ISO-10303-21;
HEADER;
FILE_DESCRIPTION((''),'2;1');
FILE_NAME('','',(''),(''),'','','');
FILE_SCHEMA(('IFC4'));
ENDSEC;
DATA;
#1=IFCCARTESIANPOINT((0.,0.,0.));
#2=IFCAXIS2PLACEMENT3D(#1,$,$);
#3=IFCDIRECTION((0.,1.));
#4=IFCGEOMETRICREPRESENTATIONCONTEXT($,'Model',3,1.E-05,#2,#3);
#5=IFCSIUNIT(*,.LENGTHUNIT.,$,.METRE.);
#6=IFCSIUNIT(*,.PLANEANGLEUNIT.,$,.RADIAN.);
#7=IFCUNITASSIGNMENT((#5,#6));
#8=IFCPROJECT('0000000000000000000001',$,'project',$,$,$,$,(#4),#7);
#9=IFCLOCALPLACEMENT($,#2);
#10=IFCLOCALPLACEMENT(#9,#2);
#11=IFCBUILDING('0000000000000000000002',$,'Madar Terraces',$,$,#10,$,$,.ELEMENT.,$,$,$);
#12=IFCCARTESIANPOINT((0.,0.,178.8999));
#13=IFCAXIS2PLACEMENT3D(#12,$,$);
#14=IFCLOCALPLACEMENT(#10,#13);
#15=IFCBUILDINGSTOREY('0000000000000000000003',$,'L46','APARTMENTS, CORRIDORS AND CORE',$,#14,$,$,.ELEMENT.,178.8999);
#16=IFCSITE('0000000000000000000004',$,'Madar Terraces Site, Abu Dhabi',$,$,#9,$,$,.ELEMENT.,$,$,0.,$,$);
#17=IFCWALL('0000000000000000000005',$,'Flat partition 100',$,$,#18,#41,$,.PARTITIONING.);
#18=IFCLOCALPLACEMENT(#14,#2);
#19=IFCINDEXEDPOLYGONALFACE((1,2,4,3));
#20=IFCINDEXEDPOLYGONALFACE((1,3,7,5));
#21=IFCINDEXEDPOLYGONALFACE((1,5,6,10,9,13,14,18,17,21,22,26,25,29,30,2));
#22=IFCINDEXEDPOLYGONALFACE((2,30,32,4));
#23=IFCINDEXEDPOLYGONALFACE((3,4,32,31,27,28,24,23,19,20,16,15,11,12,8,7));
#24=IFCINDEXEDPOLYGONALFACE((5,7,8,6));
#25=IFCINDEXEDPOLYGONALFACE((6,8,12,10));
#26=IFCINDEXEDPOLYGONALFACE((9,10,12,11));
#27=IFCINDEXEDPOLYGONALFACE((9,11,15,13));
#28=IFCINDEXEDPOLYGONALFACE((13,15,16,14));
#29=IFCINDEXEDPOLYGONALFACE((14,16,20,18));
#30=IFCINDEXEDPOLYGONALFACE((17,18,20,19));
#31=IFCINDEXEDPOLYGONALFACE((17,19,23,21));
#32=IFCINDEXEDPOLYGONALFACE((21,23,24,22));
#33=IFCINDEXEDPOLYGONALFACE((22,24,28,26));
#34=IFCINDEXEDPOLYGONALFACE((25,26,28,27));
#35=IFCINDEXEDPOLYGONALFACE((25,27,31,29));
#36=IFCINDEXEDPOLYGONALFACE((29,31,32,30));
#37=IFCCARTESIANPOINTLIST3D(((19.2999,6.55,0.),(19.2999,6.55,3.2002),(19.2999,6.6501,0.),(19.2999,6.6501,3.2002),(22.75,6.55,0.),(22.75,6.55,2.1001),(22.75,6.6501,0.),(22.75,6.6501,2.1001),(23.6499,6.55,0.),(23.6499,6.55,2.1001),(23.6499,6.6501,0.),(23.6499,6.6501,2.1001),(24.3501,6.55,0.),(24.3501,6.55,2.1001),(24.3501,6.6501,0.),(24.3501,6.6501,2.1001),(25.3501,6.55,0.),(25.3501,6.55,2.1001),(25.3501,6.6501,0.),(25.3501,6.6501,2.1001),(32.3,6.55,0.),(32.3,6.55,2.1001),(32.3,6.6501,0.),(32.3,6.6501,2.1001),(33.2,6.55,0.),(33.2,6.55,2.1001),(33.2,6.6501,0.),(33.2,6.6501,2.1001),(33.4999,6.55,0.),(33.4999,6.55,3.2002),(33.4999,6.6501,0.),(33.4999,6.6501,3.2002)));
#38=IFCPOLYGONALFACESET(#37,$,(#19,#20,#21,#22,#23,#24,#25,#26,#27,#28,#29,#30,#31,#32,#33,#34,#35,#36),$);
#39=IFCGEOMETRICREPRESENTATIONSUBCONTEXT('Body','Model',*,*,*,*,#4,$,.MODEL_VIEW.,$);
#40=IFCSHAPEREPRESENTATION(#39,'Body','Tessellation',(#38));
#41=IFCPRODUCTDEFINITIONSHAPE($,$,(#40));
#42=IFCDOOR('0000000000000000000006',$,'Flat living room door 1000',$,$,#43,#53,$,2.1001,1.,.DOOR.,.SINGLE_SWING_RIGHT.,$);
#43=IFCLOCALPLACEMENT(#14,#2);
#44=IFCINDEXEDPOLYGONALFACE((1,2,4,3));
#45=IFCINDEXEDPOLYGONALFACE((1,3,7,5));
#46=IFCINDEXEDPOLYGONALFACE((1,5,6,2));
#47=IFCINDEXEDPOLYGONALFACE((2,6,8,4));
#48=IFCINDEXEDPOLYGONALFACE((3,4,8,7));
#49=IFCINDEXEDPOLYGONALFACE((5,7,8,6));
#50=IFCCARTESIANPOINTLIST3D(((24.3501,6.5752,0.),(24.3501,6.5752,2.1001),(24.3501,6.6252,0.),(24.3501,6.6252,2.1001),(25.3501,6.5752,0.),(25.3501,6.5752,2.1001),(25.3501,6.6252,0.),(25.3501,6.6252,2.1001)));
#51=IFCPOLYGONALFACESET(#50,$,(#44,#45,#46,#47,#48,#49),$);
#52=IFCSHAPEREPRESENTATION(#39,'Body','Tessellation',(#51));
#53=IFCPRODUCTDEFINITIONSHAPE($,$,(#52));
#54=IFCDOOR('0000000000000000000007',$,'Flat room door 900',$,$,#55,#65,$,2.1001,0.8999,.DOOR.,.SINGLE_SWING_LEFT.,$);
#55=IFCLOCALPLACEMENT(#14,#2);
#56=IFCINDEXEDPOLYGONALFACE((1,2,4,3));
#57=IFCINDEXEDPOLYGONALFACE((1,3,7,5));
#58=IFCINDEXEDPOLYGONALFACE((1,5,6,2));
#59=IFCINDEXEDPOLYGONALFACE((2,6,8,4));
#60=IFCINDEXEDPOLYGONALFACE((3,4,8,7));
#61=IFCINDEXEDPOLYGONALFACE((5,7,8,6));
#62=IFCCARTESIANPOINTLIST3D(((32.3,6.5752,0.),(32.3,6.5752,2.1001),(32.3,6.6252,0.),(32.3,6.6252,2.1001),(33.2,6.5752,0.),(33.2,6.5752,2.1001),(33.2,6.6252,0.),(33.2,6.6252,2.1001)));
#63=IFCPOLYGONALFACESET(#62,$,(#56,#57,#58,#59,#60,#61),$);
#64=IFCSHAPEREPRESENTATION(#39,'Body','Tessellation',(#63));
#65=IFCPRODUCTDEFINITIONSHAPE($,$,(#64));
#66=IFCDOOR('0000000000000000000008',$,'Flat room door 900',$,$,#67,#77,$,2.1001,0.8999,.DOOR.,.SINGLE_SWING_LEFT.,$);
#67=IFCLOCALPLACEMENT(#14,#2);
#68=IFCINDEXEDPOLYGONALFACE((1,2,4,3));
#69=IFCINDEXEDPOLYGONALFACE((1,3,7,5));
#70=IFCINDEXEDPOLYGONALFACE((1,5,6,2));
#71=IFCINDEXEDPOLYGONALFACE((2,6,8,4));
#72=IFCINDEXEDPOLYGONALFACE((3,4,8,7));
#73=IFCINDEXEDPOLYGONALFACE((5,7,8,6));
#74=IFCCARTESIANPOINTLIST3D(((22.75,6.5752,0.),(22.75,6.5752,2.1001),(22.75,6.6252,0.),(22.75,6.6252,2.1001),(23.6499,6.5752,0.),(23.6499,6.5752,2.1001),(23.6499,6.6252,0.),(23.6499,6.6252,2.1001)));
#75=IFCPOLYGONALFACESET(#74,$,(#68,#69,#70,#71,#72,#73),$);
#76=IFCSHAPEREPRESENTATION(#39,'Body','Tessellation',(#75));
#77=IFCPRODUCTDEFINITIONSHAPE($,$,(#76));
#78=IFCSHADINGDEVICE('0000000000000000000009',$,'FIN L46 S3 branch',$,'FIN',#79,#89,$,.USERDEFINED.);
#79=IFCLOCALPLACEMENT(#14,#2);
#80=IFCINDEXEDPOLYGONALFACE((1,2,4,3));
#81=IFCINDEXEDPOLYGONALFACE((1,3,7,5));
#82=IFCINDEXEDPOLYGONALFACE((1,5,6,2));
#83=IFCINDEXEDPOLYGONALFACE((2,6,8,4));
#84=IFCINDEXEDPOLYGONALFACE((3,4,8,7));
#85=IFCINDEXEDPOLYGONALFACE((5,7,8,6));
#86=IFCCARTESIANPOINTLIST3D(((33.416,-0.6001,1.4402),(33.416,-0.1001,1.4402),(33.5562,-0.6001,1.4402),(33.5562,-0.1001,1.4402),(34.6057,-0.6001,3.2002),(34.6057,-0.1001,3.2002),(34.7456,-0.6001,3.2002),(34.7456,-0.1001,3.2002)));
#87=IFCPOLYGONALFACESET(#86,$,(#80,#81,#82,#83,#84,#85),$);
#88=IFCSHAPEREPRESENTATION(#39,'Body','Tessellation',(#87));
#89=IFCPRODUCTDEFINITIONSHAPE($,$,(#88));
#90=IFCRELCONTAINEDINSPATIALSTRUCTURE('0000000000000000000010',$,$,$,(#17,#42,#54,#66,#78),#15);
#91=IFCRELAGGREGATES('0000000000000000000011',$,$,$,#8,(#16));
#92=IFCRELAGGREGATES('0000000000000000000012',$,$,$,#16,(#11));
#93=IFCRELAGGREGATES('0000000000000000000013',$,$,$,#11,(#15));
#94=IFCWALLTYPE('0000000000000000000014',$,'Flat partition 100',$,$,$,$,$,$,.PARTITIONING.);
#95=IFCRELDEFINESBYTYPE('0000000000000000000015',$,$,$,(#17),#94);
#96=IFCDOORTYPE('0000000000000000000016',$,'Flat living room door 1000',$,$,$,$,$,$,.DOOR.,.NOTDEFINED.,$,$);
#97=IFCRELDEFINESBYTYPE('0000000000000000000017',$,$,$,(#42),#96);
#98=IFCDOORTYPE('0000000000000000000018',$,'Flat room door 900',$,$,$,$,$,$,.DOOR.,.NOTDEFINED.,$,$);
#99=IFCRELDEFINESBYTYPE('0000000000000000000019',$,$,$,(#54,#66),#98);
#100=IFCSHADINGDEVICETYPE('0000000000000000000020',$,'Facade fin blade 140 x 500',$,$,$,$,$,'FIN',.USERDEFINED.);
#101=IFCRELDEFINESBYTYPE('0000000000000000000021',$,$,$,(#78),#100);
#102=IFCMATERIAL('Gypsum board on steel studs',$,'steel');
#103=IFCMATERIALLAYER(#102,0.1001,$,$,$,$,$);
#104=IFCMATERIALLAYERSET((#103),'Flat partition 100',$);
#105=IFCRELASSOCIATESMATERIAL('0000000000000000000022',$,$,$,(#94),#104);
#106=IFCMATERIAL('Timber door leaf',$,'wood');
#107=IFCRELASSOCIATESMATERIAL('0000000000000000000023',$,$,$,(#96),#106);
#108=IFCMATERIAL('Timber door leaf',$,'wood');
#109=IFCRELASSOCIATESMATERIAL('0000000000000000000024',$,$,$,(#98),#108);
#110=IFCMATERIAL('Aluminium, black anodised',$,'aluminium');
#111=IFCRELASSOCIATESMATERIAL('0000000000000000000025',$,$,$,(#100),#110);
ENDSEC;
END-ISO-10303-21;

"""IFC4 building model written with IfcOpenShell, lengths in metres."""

from ifc_helpers import new_model, si_unit, direction, frame, frame_2d, origin, place, context, subcontext, project, spatial, polyline, rectangle, outline, extrude, material, layer, layer_set, type_object, element, fill, save


model = new_model("IFC4")

# Units and contexts
model_context = context("Model", 3, precision=1e-05, world=origin(), true_north=direction((0.0, 1.0)))
body_context = subcontext(model_context, "Body", "Model", "MODEL_VIEW")
ifc_project = project(units=[si_unit("LENGTHUNIT", "METRE"), si_unit("PLANEANGLEUNIT", "RADIAN")], contexts=[model_context])

# Site, building, storey
site_placement = place(None, origin())
site = spatial("IfcSite", under=ifc_project, at=site_placement, Name="Madar Terraces Site, Abu Dhabi", CompositionType="ELEMENT", RefElevation=0.0)
building_placement = place(site_placement, origin())
building = spatial("IfcBuilding", under=site, at=building_placement, Name="Madar Terraces", CompositionType="ELEMENT")
storey_placement = place(building_placement, frame((0.0, 0.0, 178.8999)))
storey = spatial("IfcBuildingStorey", under=building, at=storey_placement, Name="L46", Description="APARTMENTS, CORRIDORS AND CORE", CompositionType="ELEMENT", Elevation=178.8999)

# Shared definitions
ifc_material_1 = material(Name="Gypsum board on steel studs", Category="steel")
ifc_layer_1 = layer(ifc_material_1, 0.1001)
ifc_layer_set_1 = layer_set([ifc_layer_1], Name="Flat partition 100")
wall_type_1 = type_object("IfcWallType", Name="Flat partition 100", PredefinedType="PARTITIONING", material=ifc_layer_set_1)

# Wall, openings, doors
wall_1_placement = place(storey_placement, frame((33.5, 6.6001, 0.0), z_axis=(0.0, 0.0, 1.0), x_axis=(-1.0, 0.0, 0.0)))
wall_1 = element("IfcWall", 1, at=wall_1_placement, inside=storey, type_object=wall_type_1, Name="Flat partition 100", PredefinedType="PARTITIONING", context=body_context, shape_type="SweptSolid", body=[
    extrude(rectangle(XDim=14.2, YDim=0.1001, at=frame_2d((7.1001, 0.0))), origin(), (0.0, 0.0, 1.0), 3.2002),
])
opening_1_placement = place(wall_1_placement, frame((0.3, 0.0, 0.0)))
opening_1 = element("IfcOpeningElement", 2, at=opening_1_placement, cuts=wall_1, PredefinedType="OPENING", context=body_context, shape_type="SweptSolid", body=[
    extrude(rectangle(XDim=0.8999, YDim=2.1001, at=frame_2d((0.45, 1.05))), frame((0.0, 0.0601, 0.0), z_axis=(0.0, -1.0, 0.0), x_axis=(1.0, 0.0, 0.0)), (0.0, 0.0, 1.0), 0.1201),
])
opening_2_placement = place(wall_1_placement, frame((8.1499, 0.0, 0.0)))
opening_2 = element("IfcOpeningElement", 3, at=opening_2_placement, cuts=wall_1, PredefinedType="OPENING", context=body_context, shape_type="SweptSolid", body=[
    extrude(rectangle(XDim=1.0, YDim=2.1001, at=frame_2d((0.5, 1.05))), frame((0.0, 0.0601, 0.0), z_axis=(0.0, -1.0, 0.0), x_axis=(1.0, 0.0, 0.0)), (0.0, 0.0, 1.0), 0.1201),
])
opening_3_placement = place(wall_1_placement, frame((9.8501, 0.0, 0.0)))
opening_3 = element("IfcOpeningElement", 4, at=opening_3_placement, cuts=wall_1, PredefinedType="OPENING", context=body_context, shape_type="SweptSolid", body=[
    extrude(rectangle(XDim=0.8999, YDim=2.1001, at=frame_2d((0.45, 1.05))), frame((0.0, 0.0601, 0.0), z_axis=(0.0, -1.0, 0.0), x_axis=(1.0, 0.0, 0.0)), (0.0, 0.0, 1.0), 0.1201),
])
ifc_material_2 = material(Name="Timber door leaf", Category="wood")
door_type_1 = type_object("IfcDoorType", Name="Flat living room door 1000", OperationType="NOTDEFINED", PredefinedType="DOOR", material=ifc_material_2)
door_1_placement = place(opening_2_placement, origin())
door_1 = element("IfcDoor", 5, at=door_1_placement, inside=storey, type_object=door_type_1, Name="Flat living room door 1000", OperationType="SINGLE_SWING_RIGHT", OverallHeight=2.1001, OverallWidth=1.0, PredefinedType="DOOR", context=body_context, shape_type="SweptSolid", body=[
    extrude(rectangle(XDim=1.0, YDim=2.1001, at=frame_2d((0.5, 1.05))), frame((0.0, 0.0249, 0.0), z_axis=(0.0, -1.0, 0.0), x_axis=(1.0, 0.0, 0.0)), (0.0, 0.0, 1.0), 0.05),
])
fill(opening_2, door_1)
ifc_material_3 = material(Name="Timber door leaf", Category="wood")
door_type_2 = type_object("IfcDoorType", Name="Flat room door 900", OperationType="NOTDEFINED", PredefinedType="DOOR", material=ifc_material_3)
door_2_placement = place(opening_1_placement, origin())
door_2 = element("IfcDoor", 6, at=door_2_placement, inside=storey, type_object=door_type_2, Name="Flat room door 900", OperationType="SINGLE_SWING_LEFT", OverallHeight=2.1001, OverallWidth=0.8999, PredefinedType="DOOR", context=body_context, shape_type="SweptSolid", body=[
    extrude(rectangle(XDim=0.8999, YDim=2.1001, at=frame_2d((0.45, 1.05))), frame((0.0, 0.0249, 0.0), z_axis=(0.0, -1.0, 0.0), x_axis=(1.0, 0.0, 0.0)), (0.0, 0.0, 1.0), 0.05),
])
fill(opening_1, door_2)
door_3_placement = place(opening_3_placement, origin())
door_3 = element("IfcDoor", 7, at=door_3_placement, inside=storey, type_object=door_type_2, Name="Flat room door 900", OperationType="SINGLE_SWING_LEFT", OverallHeight=2.1001, OverallWidth=0.8999, PredefinedType="DOOR", context=body_context, shape_type="SweptSolid", body=[
    extrude(rectangle(XDim=0.8999, YDim=2.1001, at=frame_2d((0.45, 1.05))), frame((0.0, 0.0249, 0.0), z_axis=(0.0, -1.0, 0.0), x_axis=(1.0, 0.0, 0.0)), (0.0, 0.0, 1.0), 0.05),
])
fill(opening_3, door_3)

# Shading device
ifc_material_4 = material(Name="Aluminium, black anodised", Category="aluminium")
shading_device_type = type_object("IfcShadingDeviceType", Name="Facade fin blade 140 x 500", ElementType="FIN", PredefinedType="USERDEFINED", material=ifc_material_4)
shading_device_placement = place(storey_placement, frame((33.416, -0.3501, 1.4402), z_axis=(0.0, 0.0, 1.0), x_axis=(1.0, 0.0, 0.0)))
element("IfcShadingDevice", 8, at=shading_device_placement, inside=storey, type_object=shading_device_type, Name="FIN L46 S3 branch", ObjectType="FIN", PredefinedType="USERDEFINED", context=body_context, shape_type="SweptSolid", body=[
    extrude(outline(polyline([(0.0, 0.0), (0.1401, 0.0), (1.3296, 1.76), (1.1897, 1.76), (0.0, 0.0)])), frame((0.0, 0.25, 0.0), z_axis=(0.0, -1.0, 0.0), x_axis=(1.0, 0.0, 0.0)), (0.0, 0.0, 1.0), 0.5),
])

save(model, "model.ifc")
